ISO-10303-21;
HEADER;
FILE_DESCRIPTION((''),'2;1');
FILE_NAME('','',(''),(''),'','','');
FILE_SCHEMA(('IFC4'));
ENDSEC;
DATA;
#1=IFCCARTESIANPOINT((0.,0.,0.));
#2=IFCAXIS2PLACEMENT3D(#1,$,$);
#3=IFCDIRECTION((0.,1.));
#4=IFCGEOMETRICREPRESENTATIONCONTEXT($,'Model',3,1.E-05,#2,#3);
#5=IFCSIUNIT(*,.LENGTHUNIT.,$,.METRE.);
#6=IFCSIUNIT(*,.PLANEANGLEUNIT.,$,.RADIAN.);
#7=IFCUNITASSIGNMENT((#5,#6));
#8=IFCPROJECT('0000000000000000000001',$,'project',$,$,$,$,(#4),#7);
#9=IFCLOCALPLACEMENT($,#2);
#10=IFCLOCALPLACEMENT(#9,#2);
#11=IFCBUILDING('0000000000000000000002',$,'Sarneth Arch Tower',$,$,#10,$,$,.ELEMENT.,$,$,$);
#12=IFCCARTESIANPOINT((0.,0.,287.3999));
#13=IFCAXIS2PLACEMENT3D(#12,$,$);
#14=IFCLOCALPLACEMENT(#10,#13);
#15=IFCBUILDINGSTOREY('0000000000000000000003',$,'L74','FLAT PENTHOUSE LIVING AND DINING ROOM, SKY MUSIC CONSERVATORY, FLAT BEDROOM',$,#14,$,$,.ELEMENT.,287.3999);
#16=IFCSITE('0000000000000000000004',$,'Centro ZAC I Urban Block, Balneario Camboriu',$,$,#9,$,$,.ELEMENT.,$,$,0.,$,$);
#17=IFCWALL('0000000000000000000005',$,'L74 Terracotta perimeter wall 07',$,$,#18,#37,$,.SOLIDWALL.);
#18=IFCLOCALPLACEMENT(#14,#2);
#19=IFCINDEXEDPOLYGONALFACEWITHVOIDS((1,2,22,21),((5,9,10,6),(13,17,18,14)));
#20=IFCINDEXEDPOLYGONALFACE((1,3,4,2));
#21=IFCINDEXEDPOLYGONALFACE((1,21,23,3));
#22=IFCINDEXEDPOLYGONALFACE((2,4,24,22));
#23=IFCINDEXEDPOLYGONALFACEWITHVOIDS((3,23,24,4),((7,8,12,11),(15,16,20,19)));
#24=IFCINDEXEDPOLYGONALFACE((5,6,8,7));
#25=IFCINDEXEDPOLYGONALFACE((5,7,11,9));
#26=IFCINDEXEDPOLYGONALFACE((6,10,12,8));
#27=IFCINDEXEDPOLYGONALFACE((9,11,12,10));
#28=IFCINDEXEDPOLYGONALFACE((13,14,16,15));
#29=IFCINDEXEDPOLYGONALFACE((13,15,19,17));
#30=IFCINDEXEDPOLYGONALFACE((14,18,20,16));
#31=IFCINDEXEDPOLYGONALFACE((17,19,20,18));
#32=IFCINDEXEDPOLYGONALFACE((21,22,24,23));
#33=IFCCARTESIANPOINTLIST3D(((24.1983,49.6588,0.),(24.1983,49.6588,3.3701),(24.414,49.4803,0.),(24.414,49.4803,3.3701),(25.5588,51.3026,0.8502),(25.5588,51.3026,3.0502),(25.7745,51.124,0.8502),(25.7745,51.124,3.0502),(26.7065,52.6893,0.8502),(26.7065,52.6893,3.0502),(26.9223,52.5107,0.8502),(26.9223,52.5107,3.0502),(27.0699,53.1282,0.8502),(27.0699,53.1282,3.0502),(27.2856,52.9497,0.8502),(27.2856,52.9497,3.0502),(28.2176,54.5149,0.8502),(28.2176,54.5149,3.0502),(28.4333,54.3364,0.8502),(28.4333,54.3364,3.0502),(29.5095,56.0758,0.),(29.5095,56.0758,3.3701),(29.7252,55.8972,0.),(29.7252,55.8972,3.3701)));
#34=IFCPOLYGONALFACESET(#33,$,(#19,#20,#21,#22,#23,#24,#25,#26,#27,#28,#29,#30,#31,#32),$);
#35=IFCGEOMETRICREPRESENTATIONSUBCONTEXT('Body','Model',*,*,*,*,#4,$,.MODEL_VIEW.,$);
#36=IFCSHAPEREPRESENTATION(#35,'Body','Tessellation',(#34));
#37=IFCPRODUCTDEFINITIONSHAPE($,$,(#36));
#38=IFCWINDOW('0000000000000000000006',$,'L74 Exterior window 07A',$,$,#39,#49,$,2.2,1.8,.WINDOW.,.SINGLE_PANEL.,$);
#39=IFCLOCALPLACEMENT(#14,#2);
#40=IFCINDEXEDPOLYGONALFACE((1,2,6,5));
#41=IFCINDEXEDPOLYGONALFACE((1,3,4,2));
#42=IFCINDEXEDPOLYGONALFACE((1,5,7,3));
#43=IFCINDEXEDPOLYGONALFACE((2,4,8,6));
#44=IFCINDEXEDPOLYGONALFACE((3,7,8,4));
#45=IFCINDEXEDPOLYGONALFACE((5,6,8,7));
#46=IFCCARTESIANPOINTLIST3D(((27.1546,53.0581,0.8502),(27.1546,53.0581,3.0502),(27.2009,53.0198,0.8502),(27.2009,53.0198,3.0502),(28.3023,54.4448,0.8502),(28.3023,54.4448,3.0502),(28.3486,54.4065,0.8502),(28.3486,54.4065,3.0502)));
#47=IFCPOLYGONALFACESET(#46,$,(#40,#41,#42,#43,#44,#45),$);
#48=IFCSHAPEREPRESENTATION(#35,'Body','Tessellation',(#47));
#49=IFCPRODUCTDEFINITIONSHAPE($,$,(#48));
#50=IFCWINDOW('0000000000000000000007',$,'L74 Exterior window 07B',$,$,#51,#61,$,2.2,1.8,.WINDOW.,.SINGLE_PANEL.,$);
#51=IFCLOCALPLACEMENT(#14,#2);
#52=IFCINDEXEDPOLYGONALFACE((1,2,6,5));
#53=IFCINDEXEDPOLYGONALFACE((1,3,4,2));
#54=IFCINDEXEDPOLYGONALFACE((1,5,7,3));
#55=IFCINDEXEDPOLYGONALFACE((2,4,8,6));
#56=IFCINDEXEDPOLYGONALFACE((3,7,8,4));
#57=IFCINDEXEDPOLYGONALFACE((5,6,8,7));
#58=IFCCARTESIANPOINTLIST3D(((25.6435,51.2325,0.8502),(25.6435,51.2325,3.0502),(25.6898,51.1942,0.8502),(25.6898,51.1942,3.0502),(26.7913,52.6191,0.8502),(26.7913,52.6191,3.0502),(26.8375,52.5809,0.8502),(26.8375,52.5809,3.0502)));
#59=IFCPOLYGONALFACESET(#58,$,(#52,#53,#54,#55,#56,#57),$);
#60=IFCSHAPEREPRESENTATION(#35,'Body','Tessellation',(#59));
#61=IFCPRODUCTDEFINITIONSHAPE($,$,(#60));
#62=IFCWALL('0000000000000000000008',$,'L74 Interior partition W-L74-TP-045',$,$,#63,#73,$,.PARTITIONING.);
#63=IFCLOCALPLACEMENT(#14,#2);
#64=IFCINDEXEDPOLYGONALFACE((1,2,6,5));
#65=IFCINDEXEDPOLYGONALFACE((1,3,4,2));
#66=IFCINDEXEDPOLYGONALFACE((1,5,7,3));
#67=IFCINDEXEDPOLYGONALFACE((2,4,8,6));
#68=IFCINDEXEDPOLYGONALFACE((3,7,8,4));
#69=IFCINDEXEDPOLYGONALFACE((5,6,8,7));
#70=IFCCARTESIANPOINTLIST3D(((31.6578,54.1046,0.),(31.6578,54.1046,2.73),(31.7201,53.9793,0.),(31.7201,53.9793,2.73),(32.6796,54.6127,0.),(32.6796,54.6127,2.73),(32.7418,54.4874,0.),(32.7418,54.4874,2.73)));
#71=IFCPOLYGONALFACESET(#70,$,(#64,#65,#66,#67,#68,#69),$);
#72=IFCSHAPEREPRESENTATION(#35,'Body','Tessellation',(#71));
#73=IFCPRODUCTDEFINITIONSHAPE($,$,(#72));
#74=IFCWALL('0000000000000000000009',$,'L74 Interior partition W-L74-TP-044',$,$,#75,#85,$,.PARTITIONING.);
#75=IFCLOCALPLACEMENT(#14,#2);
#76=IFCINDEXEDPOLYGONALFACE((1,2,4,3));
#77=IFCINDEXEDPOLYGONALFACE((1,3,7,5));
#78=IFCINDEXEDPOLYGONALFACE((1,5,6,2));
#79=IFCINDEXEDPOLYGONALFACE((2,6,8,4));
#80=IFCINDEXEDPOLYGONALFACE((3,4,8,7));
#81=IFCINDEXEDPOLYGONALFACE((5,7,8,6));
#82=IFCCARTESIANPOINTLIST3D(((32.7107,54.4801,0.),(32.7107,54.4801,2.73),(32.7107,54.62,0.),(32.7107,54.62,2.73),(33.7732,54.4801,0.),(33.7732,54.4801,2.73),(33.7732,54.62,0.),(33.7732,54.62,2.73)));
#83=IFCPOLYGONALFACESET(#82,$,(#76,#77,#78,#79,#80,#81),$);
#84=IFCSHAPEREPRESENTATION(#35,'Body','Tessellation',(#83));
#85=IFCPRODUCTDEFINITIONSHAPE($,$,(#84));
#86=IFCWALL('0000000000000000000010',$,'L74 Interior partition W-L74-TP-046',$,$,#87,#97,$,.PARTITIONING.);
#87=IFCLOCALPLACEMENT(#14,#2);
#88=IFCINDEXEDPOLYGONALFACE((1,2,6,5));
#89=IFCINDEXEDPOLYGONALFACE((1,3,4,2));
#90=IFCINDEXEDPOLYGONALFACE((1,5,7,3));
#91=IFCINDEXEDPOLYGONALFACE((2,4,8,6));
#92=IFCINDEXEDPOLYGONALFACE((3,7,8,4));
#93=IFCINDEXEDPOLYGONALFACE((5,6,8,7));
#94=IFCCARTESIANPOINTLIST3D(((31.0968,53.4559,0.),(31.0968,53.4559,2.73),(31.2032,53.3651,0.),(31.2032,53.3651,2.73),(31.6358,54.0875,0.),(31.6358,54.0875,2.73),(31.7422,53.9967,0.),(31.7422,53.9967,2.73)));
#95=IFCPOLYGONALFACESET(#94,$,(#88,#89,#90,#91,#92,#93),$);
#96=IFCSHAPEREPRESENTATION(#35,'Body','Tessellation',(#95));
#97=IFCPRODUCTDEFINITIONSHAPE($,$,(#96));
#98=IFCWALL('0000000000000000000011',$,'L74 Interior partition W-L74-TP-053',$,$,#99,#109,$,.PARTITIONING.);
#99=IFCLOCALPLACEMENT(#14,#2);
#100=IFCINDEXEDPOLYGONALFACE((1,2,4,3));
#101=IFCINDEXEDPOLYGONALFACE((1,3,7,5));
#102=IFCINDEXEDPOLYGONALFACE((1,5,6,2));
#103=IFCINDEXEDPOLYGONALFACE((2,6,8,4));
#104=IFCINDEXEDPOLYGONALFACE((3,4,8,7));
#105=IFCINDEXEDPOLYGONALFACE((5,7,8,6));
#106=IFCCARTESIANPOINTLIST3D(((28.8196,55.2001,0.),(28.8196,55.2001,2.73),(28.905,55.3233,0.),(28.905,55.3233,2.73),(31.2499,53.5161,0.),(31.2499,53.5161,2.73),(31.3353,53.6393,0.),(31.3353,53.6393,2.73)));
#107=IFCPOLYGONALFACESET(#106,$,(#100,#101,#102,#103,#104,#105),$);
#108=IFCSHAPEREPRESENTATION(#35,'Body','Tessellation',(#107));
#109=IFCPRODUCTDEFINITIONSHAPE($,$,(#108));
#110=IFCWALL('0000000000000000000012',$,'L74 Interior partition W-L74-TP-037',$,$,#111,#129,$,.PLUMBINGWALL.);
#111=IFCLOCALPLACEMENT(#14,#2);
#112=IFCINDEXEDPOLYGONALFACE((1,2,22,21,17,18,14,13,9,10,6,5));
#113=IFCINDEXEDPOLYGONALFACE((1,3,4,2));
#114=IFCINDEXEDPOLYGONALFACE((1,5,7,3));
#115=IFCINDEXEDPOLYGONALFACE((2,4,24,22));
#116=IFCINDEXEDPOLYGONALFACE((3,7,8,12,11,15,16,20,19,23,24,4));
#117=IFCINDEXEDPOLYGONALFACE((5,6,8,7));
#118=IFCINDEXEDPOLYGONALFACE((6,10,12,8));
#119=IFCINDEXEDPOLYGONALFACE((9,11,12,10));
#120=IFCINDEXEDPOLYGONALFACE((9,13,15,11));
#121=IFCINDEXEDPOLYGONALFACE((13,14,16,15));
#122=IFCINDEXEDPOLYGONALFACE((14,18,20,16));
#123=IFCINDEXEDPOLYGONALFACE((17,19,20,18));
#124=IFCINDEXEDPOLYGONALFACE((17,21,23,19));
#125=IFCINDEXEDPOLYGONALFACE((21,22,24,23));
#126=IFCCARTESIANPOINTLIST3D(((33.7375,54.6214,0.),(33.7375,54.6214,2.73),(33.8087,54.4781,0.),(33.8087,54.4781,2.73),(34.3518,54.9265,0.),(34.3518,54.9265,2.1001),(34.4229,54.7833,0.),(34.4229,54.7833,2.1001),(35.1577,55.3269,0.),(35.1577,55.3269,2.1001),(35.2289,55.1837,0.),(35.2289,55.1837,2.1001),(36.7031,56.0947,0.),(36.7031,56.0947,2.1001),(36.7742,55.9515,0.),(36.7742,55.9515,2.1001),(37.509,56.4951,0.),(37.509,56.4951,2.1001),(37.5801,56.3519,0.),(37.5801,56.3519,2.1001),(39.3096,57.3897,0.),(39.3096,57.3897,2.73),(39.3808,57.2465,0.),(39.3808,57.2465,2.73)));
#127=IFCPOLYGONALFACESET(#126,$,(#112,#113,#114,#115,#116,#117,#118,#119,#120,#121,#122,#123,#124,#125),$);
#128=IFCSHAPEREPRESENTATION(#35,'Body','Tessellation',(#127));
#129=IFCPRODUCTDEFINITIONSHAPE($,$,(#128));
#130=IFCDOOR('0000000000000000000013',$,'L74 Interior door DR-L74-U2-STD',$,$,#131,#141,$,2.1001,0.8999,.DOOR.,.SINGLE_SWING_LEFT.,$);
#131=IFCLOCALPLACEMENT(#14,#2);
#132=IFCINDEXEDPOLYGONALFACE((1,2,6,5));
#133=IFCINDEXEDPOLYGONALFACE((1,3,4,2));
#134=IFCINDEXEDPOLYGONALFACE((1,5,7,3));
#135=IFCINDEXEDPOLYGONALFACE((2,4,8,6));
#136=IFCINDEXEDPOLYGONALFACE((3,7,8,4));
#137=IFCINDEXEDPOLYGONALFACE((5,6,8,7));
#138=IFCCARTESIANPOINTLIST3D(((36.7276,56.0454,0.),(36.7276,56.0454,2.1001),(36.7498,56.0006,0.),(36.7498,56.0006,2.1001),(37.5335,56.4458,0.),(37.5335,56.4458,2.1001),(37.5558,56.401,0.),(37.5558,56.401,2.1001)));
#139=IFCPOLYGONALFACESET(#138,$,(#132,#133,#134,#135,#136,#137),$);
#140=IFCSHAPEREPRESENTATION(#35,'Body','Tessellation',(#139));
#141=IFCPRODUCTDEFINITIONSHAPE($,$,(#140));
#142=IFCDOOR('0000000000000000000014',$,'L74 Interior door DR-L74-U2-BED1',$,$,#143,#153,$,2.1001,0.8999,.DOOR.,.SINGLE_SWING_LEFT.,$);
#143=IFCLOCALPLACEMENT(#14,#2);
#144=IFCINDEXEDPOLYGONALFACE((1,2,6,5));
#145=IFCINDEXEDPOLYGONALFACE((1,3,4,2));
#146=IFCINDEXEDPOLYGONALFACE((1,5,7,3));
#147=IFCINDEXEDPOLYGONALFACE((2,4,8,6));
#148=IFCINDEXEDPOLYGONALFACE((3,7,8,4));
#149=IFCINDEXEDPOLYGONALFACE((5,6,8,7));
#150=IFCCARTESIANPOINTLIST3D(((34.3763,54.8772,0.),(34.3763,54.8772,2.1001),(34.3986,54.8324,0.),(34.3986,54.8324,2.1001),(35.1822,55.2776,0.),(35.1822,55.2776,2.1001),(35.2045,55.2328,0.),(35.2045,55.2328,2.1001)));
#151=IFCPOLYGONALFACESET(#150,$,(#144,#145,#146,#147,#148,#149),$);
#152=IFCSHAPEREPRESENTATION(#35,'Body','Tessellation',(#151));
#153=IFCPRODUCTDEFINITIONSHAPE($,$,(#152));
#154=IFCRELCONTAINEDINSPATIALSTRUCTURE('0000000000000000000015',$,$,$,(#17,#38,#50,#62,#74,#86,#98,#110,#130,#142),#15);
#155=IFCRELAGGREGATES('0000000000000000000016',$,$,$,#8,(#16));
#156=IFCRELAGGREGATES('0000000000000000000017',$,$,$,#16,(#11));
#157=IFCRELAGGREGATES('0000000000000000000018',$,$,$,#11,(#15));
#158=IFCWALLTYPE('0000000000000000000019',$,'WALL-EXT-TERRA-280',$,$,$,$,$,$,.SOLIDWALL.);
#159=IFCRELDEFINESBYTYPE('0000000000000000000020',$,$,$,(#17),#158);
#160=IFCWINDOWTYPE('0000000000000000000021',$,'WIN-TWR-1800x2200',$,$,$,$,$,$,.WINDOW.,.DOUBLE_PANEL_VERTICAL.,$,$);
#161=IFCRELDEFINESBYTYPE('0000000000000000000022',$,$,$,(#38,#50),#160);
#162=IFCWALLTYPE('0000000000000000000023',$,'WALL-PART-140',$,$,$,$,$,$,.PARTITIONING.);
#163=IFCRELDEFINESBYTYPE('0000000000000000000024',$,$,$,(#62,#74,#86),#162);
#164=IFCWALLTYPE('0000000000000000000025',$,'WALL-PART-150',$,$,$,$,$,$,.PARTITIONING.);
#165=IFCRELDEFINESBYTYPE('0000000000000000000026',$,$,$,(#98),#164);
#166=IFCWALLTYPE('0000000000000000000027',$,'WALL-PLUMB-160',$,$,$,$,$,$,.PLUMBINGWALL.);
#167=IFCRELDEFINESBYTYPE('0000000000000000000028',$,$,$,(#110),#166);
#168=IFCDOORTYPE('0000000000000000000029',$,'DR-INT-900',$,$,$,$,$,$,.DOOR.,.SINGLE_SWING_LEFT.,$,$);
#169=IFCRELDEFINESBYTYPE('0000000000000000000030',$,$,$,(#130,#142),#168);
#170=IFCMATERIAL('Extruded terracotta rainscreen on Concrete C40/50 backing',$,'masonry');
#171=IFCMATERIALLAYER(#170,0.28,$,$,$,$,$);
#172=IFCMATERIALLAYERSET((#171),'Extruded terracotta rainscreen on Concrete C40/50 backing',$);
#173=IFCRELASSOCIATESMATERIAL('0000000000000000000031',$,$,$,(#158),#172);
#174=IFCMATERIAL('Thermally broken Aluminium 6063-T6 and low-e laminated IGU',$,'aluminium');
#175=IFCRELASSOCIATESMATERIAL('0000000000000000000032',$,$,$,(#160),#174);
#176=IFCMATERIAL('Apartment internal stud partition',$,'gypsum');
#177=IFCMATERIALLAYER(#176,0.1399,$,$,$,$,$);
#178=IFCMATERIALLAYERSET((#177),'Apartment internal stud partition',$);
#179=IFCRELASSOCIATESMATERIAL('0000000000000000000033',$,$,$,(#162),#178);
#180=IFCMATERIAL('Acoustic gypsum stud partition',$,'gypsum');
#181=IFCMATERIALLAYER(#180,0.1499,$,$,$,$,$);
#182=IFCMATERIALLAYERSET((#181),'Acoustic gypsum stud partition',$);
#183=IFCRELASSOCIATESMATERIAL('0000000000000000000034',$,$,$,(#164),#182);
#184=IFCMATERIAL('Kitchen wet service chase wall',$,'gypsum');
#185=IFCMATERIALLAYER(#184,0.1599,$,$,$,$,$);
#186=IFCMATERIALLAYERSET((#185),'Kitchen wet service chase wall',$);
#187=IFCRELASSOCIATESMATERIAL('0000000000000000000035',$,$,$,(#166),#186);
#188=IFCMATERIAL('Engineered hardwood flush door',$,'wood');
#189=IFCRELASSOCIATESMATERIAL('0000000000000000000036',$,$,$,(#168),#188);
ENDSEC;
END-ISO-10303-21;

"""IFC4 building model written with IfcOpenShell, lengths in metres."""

from ifc_helpers import new_model, si_unit, direction, frame, frame_2d, origin, place, context, subcontext, project, spatial, rectangle, extrude, material, layer, layer_set, type_object, element, fill, save


model = new_model("IFC4")

# Units and contexts
model_context = context("Model", 3, precision=1e-05, world=origin(), true_north=direction((0.0, 1.0)))
body_context = subcontext(model_context, "Body", "Model", "MODEL_VIEW")
ifc_project = project(units=[si_unit("LENGTHUNIT", "METRE"), si_unit("PLANEANGLEUNIT", "RADIAN")], contexts=[model_context])

# Site, building, storey
site_placement = place(None, origin())
site = spatial("IfcSite", under=ifc_project, at=site_placement, Name="Centro ZAC I Urban Block, Balneario Camboriu", CompositionType="ELEMENT", RefElevation=0.0)
building_placement = place(site_placement, origin())
building = spatial("IfcBuilding", under=site, at=building_placement, Name="Sarneth Arch Tower", CompositionType="ELEMENT")
storey_placement = place(building_placement, frame((0.0, 0.0, 287.3999)))
storey = spatial("IfcBuildingStorey", under=building, at=storey_placement, Name="L74", Description="FLAT PENTHOUSE LIVING AND DINING ROOM, SKY MUSIC CONSERVATORY, FLAT BEDROOM", CompositionType="ELEMENT", Elevation=287.3999)

# Wall, openings, windows
ifc_material_1 = material(Name="Extruded terracotta rainscreen on Concrete C40/50 backing", Category="masonry")
ifc_layer_1 = layer(ifc_material_1, 0.28)
ifc_layer_set_1 = layer_set([ifc_layer_1], Name="Extruded terracotta rainscreen on Concrete C40/50 backing")
wall_type_1 = type_object("IfcWallType", Name="WALL-EXT-TERRA-280", PredefinedType="SOLIDWALL", material=ifc_layer_set_1)
wall_1_placement = place(storey_placement, frame((29.6174, 55.9866, 0.0), z_axis=(0.0, 0.0, 1.0), x_axis=(-0.637615, -0.770355, 0.0)))
wall_1 = element("IfcWall", 1, at=wall_1_placement, inside=storey, type_object=wall_type_1, Name="L74 Terracotta perimeter wall 07", PredefinedType="SOLIDWALL", context=body_context, shape_type="SweptSolid", body=[
    extrude(rectangle(XDim=8.3298, YDim=0.28, at=frame_2d((4.165, 0.0))), origin(), (0.0, 0.0, 1.0), 3.3701),
])
opening_1_placement = place(wall_1_placement, frame((2.0264, 0.0, 0.8501)))
opening_1 = element("IfcOpeningElement", 2, at=opening_1_placement, cuts=wall_1, PredefinedType="OPENING", context=body_context, shape_type="SweptSolid", body=[
    extrude(rectangle(XDim=1.8, YDim=2.2, at=frame_2d((0.8999, 1.1001))), frame((0.0, 0.1499, 0.0), z_axis=(0.0, -1.0, 0.0), x_axis=(1.0, 0.0, 0.0)), (0.0, 0.0, 1.0), 0.3),
])
opening_2_placement = place(wall_1_placement, frame((4.3962, 0.0, 0.8501)))
opening_2 = element("IfcOpeningElement", 3, at=opening_2_placement, cuts=wall_1, PredefinedType="OPENING", context=body_context, shape_type="SweptSolid", body=[
    extrude(rectangle(XDim=1.8, YDim=2.2, at=frame_2d((0.8999, 1.1001))), frame((0.0, 0.1499, 0.0), z_axis=(0.0, -1.0, 0.0), x_axis=(1.0, 0.0, 0.0)), (0.0, 0.0, 1.0), 0.3),
])
ifc_material_2 = material(Name="Thermally broken Aluminium 6063-T6 and low-e laminated IGU", Category="aluminium")
window_type = type_object("IfcWindowType", Name="WIN-TWR-1800x2200", PartitioningType="DOUBLE_PANEL_VERTICAL", PredefinedType="WINDOW", material=ifc_material_2)
window_1_placement = place(opening_1_placement, origin())
window_1 = element("IfcWindow", 4, at=window_1_placement, inside=storey, type_object=window_type, Name="L74 Exterior window 07A", OverallHeight=2.2, OverallWidth=1.8, PartitioningType="SINGLE_PANEL", PredefinedType="WINDOW", context=body_context, shape_type="SweptSolid", body=[
    extrude(rectangle(XDim=1.8, YDim=2.2, at=frame_2d((0.8999, 1.1001))), frame((0.0, 0.03, 0.0), z_axis=(0.0, -1.0, 0.0), x_axis=(1.0, 0.0, 0.0)), (0.0, 0.0, 1.0), 0.0601),
])
fill(opening_1, window_1)
window_2_placement = place(opening_2_placement, origin())
window_2 = element("IfcWindow", 5, at=window_2_placement, inside=storey, type_object=window_type, Name="L74 Exterior window 07B", OverallHeight=2.2, OverallWidth=1.8, PartitioningType="SINGLE_PANEL", PredefinedType="WINDOW", context=body_context, shape_type="SweptSolid", body=[
    extrude(rectangle(XDim=1.8, YDim=2.2, at=frame_2d((0.8999, 1.1001))), frame((0.0, 0.03, 0.0), z_axis=(0.0, -1.0, 0.0), x_axis=(1.0, 0.0, 0.0)), (0.0, 0.0, 1.0), 0.0601),
])
fill(opening_2, window_2)

# Walls
ifc_material_3 = material(Name="Apartment internal stud partition", Category="gypsum")
ifc_layer_2 = layer(ifc_material_3, 0.1399)
ifc_layer_set_2 = layer_set([ifc_layer_2], Name="Apartment internal stud partition")
wall_type_2 = type_object("IfcWallType", Name="WALL-PART-140", PredefinedType="PARTITIONING", material=ifc_layer_set_2)
wall_2_placement = place(storey_placement, frame((32.7107, 54.55, 0.0), z_axis=(0.0, 0.0, 1.0), x_axis=(-0.895409, -0.445244, 0.0)))
element("IfcWall", 6, at=wall_2_placement, inside=storey, type_object=wall_type_2, Name="L74 Interior partition W-L74-TP-045", PredefinedType="PARTITIONING", context=body_context, shape_type="SweptSolid", body=[
    extrude(rectangle(XDim=1.1411, YDim=0.1399, at=frame_2d((0.5706, 0.0))), origin(), (0.0, 0.0, 1.0), 2.73),
])
wall_3_placement = place(storey_placement, frame((33.7732, 54.55, 0.0), z_axis=(0.0, 0.0, 1.0), x_axis=(-1.0, 0.0, 0.0)))
element("IfcWall", 7, at=wall_3_placement, inside=storey, type_object=wall_type_2, Name="L74 Interior partition W-L74-TP-044", PredefinedType="PARTITIONING", context=body_context, shape_type="SweptSolid", body=[
    extrude(rectangle(XDim=1.0625, YDim=0.1399, at=frame_2d((0.5312, 0.0))), origin(), (0.0, 0.0, 1.0), 2.73),
])
wall_4_placement = place(storey_placement, frame((31.689, 54.042, 0.0), z_axis=(0.0, 0.0, 1.0), x_axis=(-0.649192, -0.760625, 0.0)))
element("IfcWall", 8, at=wall_4_placement, inside=storey, type_object=wall_type_2, Name="L74 Interior partition W-L74-TP-046", PredefinedType="PARTITIONING", context=body_context, shape_type="SweptSolid", body=[
    extrude(rectangle(XDim=0.8303, YDim=0.1399, at=frame_2d((0.415, 0.0))), origin(), (0.0, 0.0, 1.0), 2.73),
])
ifc_material_4 = material(Name="Acoustic gypsum stud partition", Category="gypsum")
ifc_layer_3 = layer(ifc_material_4, 0.1499)
ifc_layer_set_3 = layer_set([ifc_layer_3], Name="Acoustic gypsum stud partition")
wall_type_3 = type_object("IfcWallType", Name="WALL-PART-150", PredefinedType="PARTITIONING", material=ifc_layer_set_3)
wall_5_placement = place(storey_placement, frame((31.2927, 53.5776, 0.0), z_axis=(0.0, 0.0, 1.0), x_axis=(-0.821957, 0.569549, 0.0)))
element("IfcWall", 9, at=wall_5_placement, inside=storey, type_object=wall_type_3, Name="L74 Interior partition W-L74-TP-053", PredefinedType="PARTITIONING", context=body_context, shape_type="SweptSolid", body=[
    extrude(rectangle(XDim=2.9568, YDim=0.1499, at=frame_2d((1.4785, 0.0))), origin(), (0.0, 0.0, 1.0), 2.73),
])

# Wall, openings, doors
ifc_material_5 = material(Name="Kitchen wet service chase wall", Category="gypsum")
ifc_layer_4 = layer(ifc_material_5, 0.1599)
ifc_layer_set_4 = layer_set([ifc_layer_4], Name="Kitchen wet service chase wall")
wall_type_4 = type_object("IfcWallType", Name="WALL-PLUMB-160", PredefinedType="PLUMBINGWALL", material=ifc_layer_set_4)
wall_6_placement = place(storey_placement, frame((33.7732, 54.5498, 0.0), z_axis=(0.0, 0.0, 1.0), x_axis=(0.895562, 0.444936, 0.0)))
wall_6 = element("IfcWall", 10, at=wall_6_placement, inside=storey, type_object=wall_type_4, Name="L74 Interior partition W-L74-TP-037", PredefinedType="PLUMBINGWALL", context=body_context, shape_type="SweptSolid", body=[
    extrude(rectangle(XDim=6.2219, YDim=0.1599, at=frame_2d((3.1108, 0.0))), origin(), (0.0, 0.0, 1.0), 2.73),
])
opening_3_placement = place(wall_6_placement, frame((3.3113, 0.0, 0.0)))
opening_3 = element("IfcOpeningElement", 11, at=opening_3_placement, cuts=wall_6, PredefinedType="OPENING", context=body_context, shape_type="SweptSolid", body=[
    extrude(rectangle(XDim=0.8999, YDim=2.1001, at=frame_2d((0.45, 1.05))), frame((0.0, 0.0898, 0.0), z_axis=(0.0, -1.0, 0.0), x_axis=(1.0, 0.0, 0.0)), (0.0, 0.0, 1.0), 0.1799),
])
opening_4_placement = place(wall_6_placement, frame((0.6858, 0.0, 0.0)))
opening_4 = element("IfcOpeningElement", 12, at=opening_4_placement, cuts=wall_6, PredefinedType="OPENING", context=body_context, shape_type="SweptSolid", body=[
    extrude(rectangle(XDim=0.8999, YDim=2.1001, at=frame_2d((0.45, 1.05))), frame((0.0, 0.0898, 0.0), z_axis=(0.0, -1.0, 0.0), x_axis=(1.0, 0.0, 0.0)), (0.0, 0.0, 1.0), 0.1799),
])
ifc_material_6 = material(Name="Engineered hardwood flush door", Category="wood")
door_type = type_object("IfcDoorType", Name="DR-INT-900", OperationType="SINGLE_SWING_LEFT", PredefinedType="DOOR", material=ifc_material_6)
door_1_placement = place(opening_3_placement, origin())
door_1 = element("IfcDoor", 13, at=door_1_placement, inside=storey, type_object=door_type, Name="L74 Interior door DR-L74-U2-STD", OperationType="SINGLE_SWING_LEFT", OverallHeight=2.1001, OverallWidth=0.8999, PredefinedType="DOOR", context=body_context, shape_type="SweptSolid", body=[
    extrude(rectangle(XDim=0.8999, YDim=2.1001, at=frame_2d((0.45, 1.05))), frame((0.0, 0.0249, 0.0), z_axis=(0.0, -1.0, 0.0), x_axis=(1.0, 0.0, 0.0)), (0.0, 0.0, 1.0), 0.05),
])
fill(opening_3, door_1)
door_2_placement = place(opening_4_placement, origin())
door_2 = element("IfcDoor", 14, at=door_2_placement, inside=storey, type_object=door_type, Name="L74 Interior door DR-L74-U2-BED1", OperationType="SINGLE_SWING_LEFT", OverallHeight=2.1001, OverallWidth=0.8999, PredefinedType="DOOR", context=body_context, shape_type="SweptSolid", body=[
    extrude(rectangle(XDim=0.8999, YDim=2.1001, at=frame_2d((0.45, 1.05))), frame((0.0, 0.0249, 0.0), z_axis=(0.0, -1.0, 0.0), x_axis=(1.0, 0.0, 0.0)), (0.0, 0.0, 1.0), 0.05),
])
fill(opening_4, door_2)

save(model, "model.ifc")
